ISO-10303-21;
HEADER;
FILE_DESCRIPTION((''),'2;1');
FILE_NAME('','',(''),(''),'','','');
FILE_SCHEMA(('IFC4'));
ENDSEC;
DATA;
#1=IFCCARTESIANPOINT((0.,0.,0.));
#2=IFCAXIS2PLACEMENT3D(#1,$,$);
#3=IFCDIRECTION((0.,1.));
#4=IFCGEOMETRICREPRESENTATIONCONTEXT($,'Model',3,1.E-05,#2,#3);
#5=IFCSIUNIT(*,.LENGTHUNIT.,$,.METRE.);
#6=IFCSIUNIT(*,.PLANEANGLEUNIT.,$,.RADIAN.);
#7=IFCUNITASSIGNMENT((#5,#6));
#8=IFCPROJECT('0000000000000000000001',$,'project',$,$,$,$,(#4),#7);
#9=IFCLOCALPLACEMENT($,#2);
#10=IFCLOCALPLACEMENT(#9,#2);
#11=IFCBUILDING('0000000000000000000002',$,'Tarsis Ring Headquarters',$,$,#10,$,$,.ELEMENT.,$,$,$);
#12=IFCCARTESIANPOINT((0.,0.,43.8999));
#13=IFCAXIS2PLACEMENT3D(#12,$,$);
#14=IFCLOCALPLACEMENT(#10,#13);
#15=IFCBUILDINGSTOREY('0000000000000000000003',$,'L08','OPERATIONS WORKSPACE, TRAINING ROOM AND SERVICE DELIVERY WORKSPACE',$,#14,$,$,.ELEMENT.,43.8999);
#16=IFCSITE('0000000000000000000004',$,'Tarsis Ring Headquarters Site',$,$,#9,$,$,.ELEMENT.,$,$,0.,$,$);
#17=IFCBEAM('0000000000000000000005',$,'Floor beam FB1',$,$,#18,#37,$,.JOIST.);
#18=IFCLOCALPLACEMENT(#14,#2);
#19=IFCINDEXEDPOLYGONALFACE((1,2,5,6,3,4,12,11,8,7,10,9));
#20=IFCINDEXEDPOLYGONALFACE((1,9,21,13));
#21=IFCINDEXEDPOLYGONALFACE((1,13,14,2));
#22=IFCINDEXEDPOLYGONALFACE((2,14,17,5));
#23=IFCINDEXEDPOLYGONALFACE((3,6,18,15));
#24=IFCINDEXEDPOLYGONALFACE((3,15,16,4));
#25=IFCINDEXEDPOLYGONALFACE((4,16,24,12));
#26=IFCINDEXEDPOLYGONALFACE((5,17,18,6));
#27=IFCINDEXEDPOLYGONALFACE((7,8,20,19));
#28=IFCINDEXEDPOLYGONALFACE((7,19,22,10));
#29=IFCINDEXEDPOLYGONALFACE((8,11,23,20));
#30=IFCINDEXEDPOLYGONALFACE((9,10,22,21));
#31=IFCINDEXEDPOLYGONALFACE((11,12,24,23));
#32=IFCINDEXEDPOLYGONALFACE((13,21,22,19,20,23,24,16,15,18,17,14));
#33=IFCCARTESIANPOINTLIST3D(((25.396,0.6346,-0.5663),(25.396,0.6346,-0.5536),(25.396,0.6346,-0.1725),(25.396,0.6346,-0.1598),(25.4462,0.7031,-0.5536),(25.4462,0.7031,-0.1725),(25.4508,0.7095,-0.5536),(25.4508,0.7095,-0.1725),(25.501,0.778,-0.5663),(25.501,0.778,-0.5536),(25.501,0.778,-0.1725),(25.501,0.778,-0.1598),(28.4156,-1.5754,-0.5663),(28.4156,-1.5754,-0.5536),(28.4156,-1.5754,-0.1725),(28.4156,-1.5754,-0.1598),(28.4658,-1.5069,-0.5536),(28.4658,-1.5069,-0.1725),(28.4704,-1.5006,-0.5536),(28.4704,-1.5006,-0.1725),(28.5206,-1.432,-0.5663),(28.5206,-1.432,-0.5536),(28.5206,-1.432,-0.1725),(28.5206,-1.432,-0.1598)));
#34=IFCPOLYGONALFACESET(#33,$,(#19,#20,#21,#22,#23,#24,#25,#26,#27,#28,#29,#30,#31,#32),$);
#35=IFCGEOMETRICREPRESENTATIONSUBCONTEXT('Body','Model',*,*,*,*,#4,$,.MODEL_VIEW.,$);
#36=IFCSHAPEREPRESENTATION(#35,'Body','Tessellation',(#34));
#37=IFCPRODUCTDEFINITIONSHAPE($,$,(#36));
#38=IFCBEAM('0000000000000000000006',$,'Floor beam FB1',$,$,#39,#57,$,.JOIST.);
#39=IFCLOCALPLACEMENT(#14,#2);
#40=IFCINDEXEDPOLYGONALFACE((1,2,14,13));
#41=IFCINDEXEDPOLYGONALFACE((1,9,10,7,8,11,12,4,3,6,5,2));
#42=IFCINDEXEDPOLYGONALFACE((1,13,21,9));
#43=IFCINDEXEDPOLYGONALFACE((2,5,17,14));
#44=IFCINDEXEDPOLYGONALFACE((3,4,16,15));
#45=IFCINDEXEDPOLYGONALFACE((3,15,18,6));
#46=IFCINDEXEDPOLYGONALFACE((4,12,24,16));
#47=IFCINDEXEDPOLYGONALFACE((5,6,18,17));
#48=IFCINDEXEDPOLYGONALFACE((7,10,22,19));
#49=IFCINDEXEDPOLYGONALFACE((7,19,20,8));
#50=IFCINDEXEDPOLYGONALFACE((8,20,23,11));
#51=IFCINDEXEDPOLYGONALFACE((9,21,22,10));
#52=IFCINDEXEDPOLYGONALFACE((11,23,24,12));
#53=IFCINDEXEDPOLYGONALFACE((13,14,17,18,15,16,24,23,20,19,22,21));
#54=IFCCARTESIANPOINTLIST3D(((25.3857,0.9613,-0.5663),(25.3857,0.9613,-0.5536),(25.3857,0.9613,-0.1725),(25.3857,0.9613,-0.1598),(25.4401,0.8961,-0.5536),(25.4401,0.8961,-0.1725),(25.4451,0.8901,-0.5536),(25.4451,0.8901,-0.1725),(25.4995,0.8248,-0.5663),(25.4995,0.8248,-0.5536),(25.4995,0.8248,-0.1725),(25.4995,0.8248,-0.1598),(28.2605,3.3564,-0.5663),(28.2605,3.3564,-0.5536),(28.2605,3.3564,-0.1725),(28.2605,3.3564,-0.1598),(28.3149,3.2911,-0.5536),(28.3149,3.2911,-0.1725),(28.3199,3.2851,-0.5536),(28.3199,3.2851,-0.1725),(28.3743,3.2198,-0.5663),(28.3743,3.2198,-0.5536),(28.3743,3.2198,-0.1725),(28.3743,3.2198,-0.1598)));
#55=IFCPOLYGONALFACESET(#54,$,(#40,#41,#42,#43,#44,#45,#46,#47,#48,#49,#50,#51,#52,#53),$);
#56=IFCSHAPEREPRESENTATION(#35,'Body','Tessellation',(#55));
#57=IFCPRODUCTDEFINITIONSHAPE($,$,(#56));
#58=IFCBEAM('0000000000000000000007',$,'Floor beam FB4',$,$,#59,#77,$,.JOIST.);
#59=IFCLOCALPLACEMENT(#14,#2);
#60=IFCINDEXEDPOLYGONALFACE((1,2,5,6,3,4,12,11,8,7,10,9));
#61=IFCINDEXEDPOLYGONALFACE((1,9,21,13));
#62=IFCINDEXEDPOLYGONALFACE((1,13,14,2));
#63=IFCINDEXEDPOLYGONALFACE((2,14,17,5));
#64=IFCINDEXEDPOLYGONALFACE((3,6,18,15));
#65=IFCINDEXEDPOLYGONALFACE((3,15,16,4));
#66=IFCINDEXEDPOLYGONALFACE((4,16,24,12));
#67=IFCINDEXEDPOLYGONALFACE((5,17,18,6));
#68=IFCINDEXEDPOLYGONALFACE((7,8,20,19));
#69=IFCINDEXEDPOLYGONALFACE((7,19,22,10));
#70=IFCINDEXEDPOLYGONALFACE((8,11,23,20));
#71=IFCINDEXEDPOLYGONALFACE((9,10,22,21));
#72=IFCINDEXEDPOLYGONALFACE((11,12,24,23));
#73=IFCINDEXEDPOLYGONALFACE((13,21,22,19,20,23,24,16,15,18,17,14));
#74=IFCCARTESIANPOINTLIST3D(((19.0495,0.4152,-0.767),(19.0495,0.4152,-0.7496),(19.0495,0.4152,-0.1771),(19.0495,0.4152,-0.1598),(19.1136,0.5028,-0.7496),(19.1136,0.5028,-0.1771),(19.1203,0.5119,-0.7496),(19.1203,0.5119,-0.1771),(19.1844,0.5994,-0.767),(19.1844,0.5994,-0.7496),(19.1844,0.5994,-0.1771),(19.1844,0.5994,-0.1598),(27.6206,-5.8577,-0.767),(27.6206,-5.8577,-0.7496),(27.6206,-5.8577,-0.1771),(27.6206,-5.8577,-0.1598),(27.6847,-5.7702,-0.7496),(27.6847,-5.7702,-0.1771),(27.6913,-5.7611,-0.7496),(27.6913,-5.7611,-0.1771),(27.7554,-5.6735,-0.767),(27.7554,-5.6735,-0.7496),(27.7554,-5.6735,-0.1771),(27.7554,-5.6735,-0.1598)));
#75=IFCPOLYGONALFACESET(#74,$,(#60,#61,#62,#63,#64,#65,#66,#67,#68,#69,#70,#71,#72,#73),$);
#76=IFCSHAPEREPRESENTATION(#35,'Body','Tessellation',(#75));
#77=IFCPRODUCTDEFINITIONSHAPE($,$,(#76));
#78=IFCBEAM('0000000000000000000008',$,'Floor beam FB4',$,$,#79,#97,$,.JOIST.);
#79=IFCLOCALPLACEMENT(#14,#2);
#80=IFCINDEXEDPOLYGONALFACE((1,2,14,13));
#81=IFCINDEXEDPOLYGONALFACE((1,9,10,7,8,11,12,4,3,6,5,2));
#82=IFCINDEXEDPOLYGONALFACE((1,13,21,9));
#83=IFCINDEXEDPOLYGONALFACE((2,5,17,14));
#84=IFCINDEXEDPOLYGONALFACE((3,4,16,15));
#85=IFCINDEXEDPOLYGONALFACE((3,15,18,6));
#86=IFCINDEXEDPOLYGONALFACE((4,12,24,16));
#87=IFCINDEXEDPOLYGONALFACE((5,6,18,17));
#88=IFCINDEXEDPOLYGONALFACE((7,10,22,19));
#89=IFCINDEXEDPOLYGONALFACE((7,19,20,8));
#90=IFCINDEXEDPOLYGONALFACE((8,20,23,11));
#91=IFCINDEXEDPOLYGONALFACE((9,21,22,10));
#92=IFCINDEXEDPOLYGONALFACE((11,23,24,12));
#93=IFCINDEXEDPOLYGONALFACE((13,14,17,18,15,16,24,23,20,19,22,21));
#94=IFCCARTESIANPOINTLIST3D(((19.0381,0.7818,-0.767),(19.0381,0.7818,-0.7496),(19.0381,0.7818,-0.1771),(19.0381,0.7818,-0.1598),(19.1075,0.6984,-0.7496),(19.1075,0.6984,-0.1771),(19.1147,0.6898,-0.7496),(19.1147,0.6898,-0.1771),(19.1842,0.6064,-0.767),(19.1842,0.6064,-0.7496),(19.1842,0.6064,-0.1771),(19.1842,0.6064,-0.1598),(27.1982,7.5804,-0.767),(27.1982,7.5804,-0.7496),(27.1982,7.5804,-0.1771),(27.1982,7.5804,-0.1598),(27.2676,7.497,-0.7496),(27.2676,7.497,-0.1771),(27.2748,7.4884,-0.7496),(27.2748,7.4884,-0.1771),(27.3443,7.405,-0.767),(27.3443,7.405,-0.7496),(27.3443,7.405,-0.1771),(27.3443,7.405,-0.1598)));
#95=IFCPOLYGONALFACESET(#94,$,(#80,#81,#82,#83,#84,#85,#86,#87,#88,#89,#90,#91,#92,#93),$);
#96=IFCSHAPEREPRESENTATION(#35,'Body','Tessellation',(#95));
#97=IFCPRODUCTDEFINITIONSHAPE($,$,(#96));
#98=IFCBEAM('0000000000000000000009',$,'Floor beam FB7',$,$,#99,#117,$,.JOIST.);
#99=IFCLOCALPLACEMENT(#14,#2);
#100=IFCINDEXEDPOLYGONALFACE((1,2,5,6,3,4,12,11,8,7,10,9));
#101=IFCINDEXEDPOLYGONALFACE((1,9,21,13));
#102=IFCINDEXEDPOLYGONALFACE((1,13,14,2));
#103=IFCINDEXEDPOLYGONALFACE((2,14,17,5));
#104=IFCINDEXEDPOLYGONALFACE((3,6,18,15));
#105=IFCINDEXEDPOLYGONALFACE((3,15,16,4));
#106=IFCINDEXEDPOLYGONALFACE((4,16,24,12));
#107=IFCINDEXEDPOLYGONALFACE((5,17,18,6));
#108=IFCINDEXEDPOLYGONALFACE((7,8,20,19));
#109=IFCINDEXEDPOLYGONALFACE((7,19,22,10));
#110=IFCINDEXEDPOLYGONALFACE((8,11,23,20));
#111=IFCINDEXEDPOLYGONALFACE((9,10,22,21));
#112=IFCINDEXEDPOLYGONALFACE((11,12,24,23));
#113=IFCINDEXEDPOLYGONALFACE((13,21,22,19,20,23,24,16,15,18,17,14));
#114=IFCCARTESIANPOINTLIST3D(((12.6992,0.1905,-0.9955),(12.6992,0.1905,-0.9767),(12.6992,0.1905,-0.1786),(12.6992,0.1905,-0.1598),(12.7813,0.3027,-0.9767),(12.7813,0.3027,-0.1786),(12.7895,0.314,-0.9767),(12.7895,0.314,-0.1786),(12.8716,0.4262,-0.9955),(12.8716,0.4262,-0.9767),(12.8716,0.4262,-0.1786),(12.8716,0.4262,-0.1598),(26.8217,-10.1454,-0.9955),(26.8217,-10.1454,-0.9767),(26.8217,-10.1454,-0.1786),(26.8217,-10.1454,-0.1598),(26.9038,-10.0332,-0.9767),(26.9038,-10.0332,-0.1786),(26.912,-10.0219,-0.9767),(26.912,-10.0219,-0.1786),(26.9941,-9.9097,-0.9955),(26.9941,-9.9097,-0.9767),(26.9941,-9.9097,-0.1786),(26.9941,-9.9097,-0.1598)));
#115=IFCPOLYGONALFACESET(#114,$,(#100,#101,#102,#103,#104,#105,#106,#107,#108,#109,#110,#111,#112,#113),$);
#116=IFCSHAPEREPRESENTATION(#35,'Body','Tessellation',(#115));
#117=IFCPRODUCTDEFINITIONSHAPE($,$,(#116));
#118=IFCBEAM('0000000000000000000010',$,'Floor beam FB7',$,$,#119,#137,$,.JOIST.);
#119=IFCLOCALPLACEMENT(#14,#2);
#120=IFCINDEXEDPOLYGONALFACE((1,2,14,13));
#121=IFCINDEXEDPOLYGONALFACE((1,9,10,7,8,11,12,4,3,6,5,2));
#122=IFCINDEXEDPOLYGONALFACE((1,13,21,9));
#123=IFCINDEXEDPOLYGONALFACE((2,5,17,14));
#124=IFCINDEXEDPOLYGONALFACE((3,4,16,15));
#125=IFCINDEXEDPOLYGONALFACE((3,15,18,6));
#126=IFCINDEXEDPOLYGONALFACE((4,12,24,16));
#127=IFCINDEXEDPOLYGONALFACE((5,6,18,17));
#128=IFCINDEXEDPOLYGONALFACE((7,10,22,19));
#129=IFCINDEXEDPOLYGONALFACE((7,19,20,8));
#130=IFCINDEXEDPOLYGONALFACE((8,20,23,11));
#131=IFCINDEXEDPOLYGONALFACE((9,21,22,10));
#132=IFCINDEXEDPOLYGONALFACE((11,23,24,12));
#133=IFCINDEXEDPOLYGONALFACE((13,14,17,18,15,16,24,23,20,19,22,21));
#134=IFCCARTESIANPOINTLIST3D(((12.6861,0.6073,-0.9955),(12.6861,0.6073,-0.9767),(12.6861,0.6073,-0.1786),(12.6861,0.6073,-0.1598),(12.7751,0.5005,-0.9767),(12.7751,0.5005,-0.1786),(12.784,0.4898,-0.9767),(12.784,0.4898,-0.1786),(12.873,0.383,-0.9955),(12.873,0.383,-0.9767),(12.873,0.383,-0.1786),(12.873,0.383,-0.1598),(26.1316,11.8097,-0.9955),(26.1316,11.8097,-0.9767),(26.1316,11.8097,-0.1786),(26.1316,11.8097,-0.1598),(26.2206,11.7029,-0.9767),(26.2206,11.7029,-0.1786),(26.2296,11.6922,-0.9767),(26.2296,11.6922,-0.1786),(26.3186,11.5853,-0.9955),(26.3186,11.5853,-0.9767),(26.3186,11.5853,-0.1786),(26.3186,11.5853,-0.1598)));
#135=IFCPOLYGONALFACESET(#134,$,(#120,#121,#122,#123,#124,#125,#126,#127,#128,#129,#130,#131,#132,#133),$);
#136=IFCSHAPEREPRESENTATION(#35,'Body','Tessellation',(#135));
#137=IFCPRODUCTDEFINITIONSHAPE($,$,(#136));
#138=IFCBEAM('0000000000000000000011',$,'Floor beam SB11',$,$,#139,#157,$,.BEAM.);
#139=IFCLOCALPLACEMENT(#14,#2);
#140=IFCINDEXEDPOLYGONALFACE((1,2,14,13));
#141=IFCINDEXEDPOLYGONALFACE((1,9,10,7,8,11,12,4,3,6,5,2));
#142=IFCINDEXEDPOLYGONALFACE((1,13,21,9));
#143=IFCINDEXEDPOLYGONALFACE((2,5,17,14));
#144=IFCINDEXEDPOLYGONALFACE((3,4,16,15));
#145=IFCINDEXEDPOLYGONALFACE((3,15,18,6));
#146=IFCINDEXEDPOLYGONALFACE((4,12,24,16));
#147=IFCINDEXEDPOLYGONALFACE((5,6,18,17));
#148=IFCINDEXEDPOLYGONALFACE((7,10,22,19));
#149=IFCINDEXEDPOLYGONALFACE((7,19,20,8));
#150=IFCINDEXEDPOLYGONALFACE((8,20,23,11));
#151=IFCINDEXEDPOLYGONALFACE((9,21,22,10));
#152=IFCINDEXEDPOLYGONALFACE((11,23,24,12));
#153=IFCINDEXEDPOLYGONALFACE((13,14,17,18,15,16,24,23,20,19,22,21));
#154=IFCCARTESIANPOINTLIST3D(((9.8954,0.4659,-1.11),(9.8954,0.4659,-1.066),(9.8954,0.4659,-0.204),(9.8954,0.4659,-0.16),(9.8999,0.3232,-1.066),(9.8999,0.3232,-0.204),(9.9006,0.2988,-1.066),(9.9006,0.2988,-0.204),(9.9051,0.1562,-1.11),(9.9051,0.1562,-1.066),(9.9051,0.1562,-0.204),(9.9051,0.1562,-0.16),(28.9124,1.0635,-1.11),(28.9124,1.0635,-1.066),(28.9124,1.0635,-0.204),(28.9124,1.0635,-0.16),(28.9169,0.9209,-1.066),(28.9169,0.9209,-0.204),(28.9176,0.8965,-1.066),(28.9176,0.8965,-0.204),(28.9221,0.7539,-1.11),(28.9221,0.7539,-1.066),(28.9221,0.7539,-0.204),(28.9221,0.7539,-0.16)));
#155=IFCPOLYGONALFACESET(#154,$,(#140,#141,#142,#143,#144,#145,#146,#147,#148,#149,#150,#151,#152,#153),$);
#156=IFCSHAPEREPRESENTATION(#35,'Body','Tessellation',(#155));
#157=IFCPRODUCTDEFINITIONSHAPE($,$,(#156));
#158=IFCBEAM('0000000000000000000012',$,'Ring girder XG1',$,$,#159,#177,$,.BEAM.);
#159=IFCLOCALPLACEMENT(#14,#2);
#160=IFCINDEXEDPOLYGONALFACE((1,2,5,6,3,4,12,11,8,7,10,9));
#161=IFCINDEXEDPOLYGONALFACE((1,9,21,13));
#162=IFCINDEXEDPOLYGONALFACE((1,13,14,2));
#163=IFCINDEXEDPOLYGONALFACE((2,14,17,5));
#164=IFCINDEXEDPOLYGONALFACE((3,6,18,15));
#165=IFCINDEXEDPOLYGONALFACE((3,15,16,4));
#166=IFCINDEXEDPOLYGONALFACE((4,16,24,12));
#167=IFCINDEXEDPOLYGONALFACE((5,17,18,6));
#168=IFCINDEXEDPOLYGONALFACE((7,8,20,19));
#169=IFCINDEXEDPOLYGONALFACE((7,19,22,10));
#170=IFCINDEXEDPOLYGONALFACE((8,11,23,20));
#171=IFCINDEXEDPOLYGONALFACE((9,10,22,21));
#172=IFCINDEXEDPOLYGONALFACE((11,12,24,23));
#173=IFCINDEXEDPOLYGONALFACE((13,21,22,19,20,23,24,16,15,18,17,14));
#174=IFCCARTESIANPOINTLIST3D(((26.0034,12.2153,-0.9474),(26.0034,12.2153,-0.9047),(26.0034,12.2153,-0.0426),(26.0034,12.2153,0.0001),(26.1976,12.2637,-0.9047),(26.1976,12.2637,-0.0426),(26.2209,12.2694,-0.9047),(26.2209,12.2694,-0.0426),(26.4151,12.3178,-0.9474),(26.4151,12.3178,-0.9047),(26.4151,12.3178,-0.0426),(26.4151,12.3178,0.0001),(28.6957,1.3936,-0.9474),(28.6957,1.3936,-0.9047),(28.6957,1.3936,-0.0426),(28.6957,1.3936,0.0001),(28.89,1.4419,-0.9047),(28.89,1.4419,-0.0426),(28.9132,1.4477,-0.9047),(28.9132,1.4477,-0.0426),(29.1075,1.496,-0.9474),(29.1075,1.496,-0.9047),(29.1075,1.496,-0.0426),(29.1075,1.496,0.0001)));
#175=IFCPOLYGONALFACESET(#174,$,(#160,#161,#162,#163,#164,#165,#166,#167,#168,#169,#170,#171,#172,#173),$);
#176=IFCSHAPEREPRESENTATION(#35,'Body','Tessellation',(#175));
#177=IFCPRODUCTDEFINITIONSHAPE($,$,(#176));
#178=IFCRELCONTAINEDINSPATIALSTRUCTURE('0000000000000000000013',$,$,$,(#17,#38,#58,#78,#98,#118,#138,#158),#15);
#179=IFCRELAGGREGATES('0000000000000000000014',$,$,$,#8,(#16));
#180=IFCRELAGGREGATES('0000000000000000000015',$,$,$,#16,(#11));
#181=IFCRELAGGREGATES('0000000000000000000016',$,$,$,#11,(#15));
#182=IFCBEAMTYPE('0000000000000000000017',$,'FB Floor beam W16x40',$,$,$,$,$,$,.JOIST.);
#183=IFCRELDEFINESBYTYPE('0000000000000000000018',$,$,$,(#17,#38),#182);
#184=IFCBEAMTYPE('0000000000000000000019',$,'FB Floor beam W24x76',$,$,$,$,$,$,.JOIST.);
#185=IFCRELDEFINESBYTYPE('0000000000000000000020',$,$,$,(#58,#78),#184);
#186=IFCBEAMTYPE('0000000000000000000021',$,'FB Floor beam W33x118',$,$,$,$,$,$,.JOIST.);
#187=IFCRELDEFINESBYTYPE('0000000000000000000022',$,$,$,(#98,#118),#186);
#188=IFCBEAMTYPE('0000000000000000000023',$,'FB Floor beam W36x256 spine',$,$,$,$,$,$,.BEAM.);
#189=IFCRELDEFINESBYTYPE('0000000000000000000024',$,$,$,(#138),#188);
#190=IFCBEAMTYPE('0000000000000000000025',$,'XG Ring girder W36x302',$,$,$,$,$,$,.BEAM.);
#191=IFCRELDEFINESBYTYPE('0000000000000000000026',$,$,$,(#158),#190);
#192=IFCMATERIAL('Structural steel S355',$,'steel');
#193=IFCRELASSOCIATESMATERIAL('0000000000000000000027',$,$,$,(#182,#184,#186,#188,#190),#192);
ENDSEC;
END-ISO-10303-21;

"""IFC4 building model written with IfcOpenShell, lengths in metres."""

from ifc_helpers import new_model, si_unit, direction, frame, origin, origin_2d, place, context, subcontext, project, spatial, i_section, extrude, material, material_profile, profile_set, type_object, element, save


model = new_model("IFC4")

# Units and contexts
model_context = context("Model", 3, precision=1e-05, world=origin(), true_north=direction((0.0, 1.0)))
body_context = subcontext(model_context, "Body", "Model", "MODEL_VIEW")
ifc_project = project(units=[si_unit("LENGTHUNIT", "METRE"), si_unit("PLANEANGLEUNIT", "RADIAN")], contexts=[model_context])

# Site, building, storey
site_placement = place(None, origin())
site = spatial("IfcSite", under=ifc_project, at=site_placement, Name="Tarsis Ring Headquarters Site", CompositionType="ELEMENT", RefElevation=0.0)
building_placement = place(site_placement, origin())
building = spatial("IfcBuilding", under=site, at=building_placement, Name="Tarsis Ring Headquarters", CompositionType="ELEMENT")
storey_placement = place(building_placement, frame((0.0, 0.0, 43.8999)))
storey = spatial("IfcBuildingStorey", under=building, at=storey_placement, Name="L08", Description="OPERATIONS WORKSPACE, TRAINING ROOM AND SERVICE DELIVERY WORKSPACE", CompositionType="ELEMENT", Elevation=43.8999)

# Beams
ifc_material_1 = material(Name="Structural steel S355", Category="steel")
ifc_material_profile_1 = material_profile(ifc_material_1, i_section(OverallWidth=0.1777, OverallDepth=0.4065, WebThickness=0.0078, FlangeThickness=0.0127, at=origin_2d()), Name="W16x40")
ifc_profile_set_1 = profile_set([ifc_material_profile_1], Name="Structural steel S355")
beam_type_1 = type_object("IfcBeamType", Name="FB Floor beam W16x40", PredefinedType="JOIST", material=ifc_profile_set_1)
beam_1_placement = place(storey_placement, frame((25.4485, 0.7063, -0.363), z_axis=(0.806961, -0.590605, 0.0), x_axis=(0.590605, 0.806961, 0.0)))
element("IfcBeam", 1, at=beam_1_placement, inside=storey, type_object=beam_type_1, Name="Floor beam FB1", PredefinedType="JOIST", context=body_context, shape_type="SweptSolid", body=[
    extrude(i_section(OverallWidth=0.1777, OverallDepth=0.4065, WebThickness=0.0078, FlangeThickness=0.0127, at=origin_2d()), origin(), (0.0, 0.0, 1.0), 3.7419),
])
beam_2_placement = place(storey_placement, frame((28.3174, 3.2881, -0.363), z_axis=(-0.768301, -0.640088, 0.0), x_axis=(0.640088, -0.768301, 0.0)))
element("IfcBeam", 2, at=beam_2_placement, inside=storey, type_object=beam_type_1, Name="Floor beam FB1", PredefinedType="JOIST", context=body_context, shape_type="SweptSolid", body=[
    extrude(i_section(OverallWidth=0.1777, OverallDepth=0.4065, WebThickness=0.0078, FlangeThickness=0.0127, at=origin_2d()), origin(), (0.0, 0.0, 1.0), 3.7417),
])
ifc_material_profile_2 = material_profile(ifc_material_1, i_section(OverallWidth=0.2283, OverallDepth=0.6072, WebThickness=0.0112, FlangeThickness=0.0173, at=origin_2d()), Name="W24x76")
ifc_profile_set_2 = profile_set([ifc_material_profile_2], Name="Structural steel S355")
beam_type_2 = type_object("IfcBeamType", Name="FB Floor beam W24x76", PredefinedType="JOIST", material=ifc_profile_set_2)
beam_3_placement = place(storey_placement, frame((19.1169, 0.5073, -0.4634), z_axis=(0.806965, -0.590599, 0.0), x_axis=(0.590599, 0.806965, 0.0)))
element("IfcBeam", 3, at=beam_3_placement, inside=storey, type_object=beam_type_2, Name="Floor beam FB4", PredefinedType="JOIST", context=body_context, shape_type="SweptSolid", body=[
    extrude(i_section(OverallWidth=0.2283, OverallDepth=0.6072, WebThickness=0.0112, FlangeThickness=0.0173, at=origin_2d()), origin(), (0.0, 0.0, 1.0), 10.6213),
])
beam_4_placement = place(storey_placement, frame((27.2712, 7.4927, -0.4634), z_axis=(-0.768293, -0.640098, 0.0), x_axis=(0.640098, -0.768293, 0.0)))
element("IfcBeam", 4, at=beam_4_placement, inside=storey, type_object=beam_type_2, Name="Floor beam FB4", PredefinedType="JOIST", context=body_context, shape_type="SweptSolid", body=[
    extrude(i_section(OverallWidth=0.2283, OverallDepth=0.6072, WebThickness=0.0112, FlangeThickness=0.0173, at=origin_2d()), origin(), (0.0, 0.0, 1.0), 10.6211),
])
ifc_material_profile_3 = material_profile(ifc_material_1, i_section(OverallWidth=0.292, OverallDepth=0.8357, WebThickness=0.0139, FlangeThickness=0.0188, at=origin_2d()), Name="W33x118")
ifc_profile_set_3 = profile_set([ifc_material_profile_3], Name="Structural steel S355")
beam_type_3 = type_object("IfcBeamType", Name="FB Floor beam W33x118", PredefinedType="JOIST", material=ifc_profile_set_3)
for number, where, z_axis, x_axis, name in (
    (5, (12.7854, 0.3083, -0.5776), (0.806966, -0.590598, 0.0), (0.590598, 0.806966, 0.0), "Floor beam FB7"),
    (6, (26.2251, 11.6975, -0.5776), (-0.768284, -0.640109, 0.0), (0.640109, -0.768284, 0.0), "Floor beam FB7"),
):
    element("IfcBeam", number, at=place(storey_placement, frame(where, z_axis=z_axis, x_axis=x_axis)), inside=storey, type_object=beam_type_3, Name=name, PredefinedType="JOIST", context=body_context, shape_type="SweptSolid", body=[
        extrude(i_section(OverallWidth=0.292, OverallDepth=0.8357, WebThickness=0.0139, FlangeThickness=0.0188, at=origin_2d()), origin(), (0.0, 0.0, 1.0), 17.5007),
    ])
ifc_material_profile_4 = material_profile(ifc_material_1, i_section(OverallWidth=0.3098, OverallDepth=0.95, WebThickness=0.0244, FlangeThickness=0.0439, at=origin_2d()), Name="W36x256")
ifc_profile_set_4 = profile_set([ifc_material_profile_4], Name="Structural steel S355")
beam_type_4 = type_object("IfcBeamType", Name="FB Floor beam W36x256 spine", PredefinedType="BEAM", material=ifc_profile_set_4)
beam_5_placement = place(storey_placement, frame((28.9172, 0.9087, -0.635), z_axis=(-0.999507, -0.031412, 0.0), x_axis=(0.031412, -0.999507, 0.0)))
element("IfcBeam", 7, at=beam_5_placement, inside=storey, type_object=beam_type_4, Name="Floor beam SB11", PredefinedType="BEAM", context=body_context, shape_type="SweptSolid", body=[
    extrude(i_section(OverallWidth=0.3098, OverallDepth=0.95, WebThickness=0.0244, FlangeThickness=0.0439, at=origin_2d()), origin(), (0.0, 0.0, 1.0), 19.0264),
])
ifc_material_profile_5 = material_profile(ifc_material_1, i_section(OverallWidth=0.4243, OverallDepth=0.9475, WebThickness=0.0239, FlangeThickness=0.0427, at=origin_2d()), Name="W36x302")
ifc_profile_set_5 = profile_set([ifc_material_profile_5], Name="Structural steel S355")
beam_type_5 = type_object("IfcBeamType", Name="XG Ring girder W36x302", PredefinedType="BEAM", material=ifc_profile_set_5)
for number, where, z_axis, x_axis, name in (
    (8, (28.9016, 1.4448, -0.4736), (-0.241433, 0.970417, 0.0), (-0.970417, -0.241433, 0.0), "Ring girder XG1"),
):
    element("IfcBeam", number, at=place(storey_placement, frame(where, z_axis=z_axis, x_axis=x_axis)), inside=storey, type_object=beam_type_5, Name=name, PredefinedType="BEAM", context=body_context, shape_type="SweptSolid", body=[
        extrude(i_section(OverallWidth=0.4243, OverallDepth=0.9475, WebThickness=0.0239, FlangeThickness=0.0427, at=origin_2d()), origin(), (0.0, 0.0, 1.0), 11.1516),
    ])

save(model, "model.ifc")
